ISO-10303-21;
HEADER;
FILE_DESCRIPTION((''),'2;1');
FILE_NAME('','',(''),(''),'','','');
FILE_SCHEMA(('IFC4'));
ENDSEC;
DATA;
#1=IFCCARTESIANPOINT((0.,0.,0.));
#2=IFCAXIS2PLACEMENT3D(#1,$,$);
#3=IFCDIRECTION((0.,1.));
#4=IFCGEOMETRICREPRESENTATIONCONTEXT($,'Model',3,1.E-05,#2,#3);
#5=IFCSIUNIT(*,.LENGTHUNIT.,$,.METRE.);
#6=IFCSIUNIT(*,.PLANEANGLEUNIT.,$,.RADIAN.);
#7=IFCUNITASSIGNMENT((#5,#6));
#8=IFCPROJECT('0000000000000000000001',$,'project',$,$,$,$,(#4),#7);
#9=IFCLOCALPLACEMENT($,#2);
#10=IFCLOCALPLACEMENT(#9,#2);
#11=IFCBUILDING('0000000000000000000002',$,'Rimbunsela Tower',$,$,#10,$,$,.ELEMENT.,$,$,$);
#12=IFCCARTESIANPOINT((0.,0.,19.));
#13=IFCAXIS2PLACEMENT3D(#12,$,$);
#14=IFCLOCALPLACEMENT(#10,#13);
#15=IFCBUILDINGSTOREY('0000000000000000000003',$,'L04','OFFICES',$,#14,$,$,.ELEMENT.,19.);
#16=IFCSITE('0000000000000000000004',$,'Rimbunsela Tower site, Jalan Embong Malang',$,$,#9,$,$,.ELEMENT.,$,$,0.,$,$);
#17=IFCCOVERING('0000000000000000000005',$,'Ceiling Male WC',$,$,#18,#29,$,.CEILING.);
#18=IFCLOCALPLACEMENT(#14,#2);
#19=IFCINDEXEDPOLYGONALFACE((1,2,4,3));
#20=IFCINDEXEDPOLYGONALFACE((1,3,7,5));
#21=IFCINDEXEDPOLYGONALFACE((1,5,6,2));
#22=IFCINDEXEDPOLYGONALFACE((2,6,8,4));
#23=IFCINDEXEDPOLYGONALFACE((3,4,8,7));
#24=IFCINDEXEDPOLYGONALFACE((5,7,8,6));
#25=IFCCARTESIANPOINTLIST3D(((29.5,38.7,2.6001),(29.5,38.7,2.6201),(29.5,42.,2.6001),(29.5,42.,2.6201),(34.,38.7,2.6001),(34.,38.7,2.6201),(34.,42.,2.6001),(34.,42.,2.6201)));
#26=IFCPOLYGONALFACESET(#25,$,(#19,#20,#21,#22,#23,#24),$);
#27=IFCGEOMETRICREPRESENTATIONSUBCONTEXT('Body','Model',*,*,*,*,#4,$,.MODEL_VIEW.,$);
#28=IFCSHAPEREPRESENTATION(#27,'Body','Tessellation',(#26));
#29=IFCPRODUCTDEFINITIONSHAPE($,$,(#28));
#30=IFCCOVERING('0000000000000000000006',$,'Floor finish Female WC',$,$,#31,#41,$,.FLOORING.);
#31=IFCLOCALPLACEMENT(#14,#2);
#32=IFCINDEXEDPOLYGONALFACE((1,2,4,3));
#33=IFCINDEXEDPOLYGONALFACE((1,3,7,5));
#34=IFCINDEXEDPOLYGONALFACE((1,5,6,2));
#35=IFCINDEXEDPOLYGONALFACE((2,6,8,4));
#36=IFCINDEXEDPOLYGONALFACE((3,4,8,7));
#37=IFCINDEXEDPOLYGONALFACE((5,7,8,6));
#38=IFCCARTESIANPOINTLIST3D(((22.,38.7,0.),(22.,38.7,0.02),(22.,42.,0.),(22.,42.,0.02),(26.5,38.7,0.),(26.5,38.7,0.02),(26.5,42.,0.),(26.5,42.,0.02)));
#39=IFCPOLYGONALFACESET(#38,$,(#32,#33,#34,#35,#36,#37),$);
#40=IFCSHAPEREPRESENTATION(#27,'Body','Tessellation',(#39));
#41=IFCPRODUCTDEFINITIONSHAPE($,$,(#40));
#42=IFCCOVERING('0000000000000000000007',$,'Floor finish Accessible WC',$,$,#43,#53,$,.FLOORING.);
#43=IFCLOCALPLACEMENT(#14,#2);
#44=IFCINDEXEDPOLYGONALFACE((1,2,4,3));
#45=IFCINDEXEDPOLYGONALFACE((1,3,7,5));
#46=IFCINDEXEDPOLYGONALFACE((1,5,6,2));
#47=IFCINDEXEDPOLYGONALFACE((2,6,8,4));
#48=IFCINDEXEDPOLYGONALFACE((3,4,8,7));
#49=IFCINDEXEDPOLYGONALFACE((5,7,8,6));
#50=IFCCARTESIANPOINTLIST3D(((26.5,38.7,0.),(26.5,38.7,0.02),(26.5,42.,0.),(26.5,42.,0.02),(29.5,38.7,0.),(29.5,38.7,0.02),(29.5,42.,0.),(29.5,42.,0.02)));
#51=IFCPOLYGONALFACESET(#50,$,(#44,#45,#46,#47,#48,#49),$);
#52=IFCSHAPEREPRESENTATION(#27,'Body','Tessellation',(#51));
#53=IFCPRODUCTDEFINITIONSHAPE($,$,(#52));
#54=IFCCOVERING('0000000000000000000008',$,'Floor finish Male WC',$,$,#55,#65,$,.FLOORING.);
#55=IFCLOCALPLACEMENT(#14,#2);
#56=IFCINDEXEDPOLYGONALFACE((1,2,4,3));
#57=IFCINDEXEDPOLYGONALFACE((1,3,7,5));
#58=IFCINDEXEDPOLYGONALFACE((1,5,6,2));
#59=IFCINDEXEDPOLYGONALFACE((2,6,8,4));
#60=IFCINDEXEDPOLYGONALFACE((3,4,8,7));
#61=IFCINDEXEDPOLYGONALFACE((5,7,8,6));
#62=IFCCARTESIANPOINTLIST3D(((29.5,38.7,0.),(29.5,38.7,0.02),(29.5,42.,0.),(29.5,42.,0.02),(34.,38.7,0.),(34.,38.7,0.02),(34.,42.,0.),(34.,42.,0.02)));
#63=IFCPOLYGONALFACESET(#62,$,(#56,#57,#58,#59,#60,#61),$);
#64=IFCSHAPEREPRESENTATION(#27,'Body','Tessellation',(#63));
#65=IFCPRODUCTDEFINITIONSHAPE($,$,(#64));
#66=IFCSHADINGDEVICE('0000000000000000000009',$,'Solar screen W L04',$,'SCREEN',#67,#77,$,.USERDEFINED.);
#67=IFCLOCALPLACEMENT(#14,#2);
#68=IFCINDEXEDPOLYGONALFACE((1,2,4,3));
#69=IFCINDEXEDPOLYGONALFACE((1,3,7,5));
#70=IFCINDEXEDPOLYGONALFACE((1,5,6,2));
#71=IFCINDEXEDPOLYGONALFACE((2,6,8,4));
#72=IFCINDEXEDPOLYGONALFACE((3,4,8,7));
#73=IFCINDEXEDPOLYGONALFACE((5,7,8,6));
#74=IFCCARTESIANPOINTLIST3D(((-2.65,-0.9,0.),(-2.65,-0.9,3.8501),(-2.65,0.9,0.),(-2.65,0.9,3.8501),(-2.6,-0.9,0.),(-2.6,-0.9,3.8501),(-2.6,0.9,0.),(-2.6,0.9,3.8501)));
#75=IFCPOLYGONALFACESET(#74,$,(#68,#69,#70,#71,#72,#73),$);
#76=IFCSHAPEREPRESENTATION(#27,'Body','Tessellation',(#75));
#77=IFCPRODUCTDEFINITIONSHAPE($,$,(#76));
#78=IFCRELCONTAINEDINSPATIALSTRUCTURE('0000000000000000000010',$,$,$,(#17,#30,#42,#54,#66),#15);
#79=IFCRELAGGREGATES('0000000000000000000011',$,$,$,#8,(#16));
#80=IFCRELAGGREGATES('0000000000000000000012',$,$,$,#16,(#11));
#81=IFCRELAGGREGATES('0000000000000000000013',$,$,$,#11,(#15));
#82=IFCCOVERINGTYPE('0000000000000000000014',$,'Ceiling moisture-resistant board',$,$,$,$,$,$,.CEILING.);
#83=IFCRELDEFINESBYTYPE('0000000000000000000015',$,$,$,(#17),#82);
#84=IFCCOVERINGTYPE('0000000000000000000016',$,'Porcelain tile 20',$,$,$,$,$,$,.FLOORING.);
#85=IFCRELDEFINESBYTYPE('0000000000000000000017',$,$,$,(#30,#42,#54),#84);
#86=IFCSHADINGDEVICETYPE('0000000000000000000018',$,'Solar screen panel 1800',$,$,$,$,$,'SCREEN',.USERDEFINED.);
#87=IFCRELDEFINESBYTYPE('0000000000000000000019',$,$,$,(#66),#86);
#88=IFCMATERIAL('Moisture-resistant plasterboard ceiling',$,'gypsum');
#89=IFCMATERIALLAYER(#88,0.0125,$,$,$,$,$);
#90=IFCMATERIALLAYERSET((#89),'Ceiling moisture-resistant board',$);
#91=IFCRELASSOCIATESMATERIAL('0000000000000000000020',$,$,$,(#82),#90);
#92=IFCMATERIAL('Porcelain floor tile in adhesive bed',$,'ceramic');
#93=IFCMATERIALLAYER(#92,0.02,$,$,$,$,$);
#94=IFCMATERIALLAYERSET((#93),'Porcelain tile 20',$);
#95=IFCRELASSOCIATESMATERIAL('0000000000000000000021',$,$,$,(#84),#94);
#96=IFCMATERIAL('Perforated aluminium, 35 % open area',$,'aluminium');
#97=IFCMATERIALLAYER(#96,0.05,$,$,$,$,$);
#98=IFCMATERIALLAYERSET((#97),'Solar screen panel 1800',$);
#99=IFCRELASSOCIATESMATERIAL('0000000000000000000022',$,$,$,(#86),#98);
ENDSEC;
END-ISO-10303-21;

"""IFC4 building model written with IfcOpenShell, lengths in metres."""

from ifc_helpers import new_model, si_unit, direction, frame, origin, origin_2d, place, context, subcontext, project, spatial, polyline, rectangle, outline, extrude, material, layer, layer_set, type_object, element, save


model = new_model("IFC4")

# Units and contexts
model_context = context("Model", 3, precision=1e-05, world=origin(), true_north=direction((0.0, 1.0)))
body_context = subcontext(model_context, "Body", "Model", "MODEL_VIEW")
ifc_project = project(units=[si_unit("LENGTHUNIT", "METRE"), si_unit("PLANEANGLEUNIT", "RADIAN")], contexts=[model_context])

# Site, building, storey
site_placement = place(None, origin())
site = spatial("IfcSite", under=ifc_project, at=site_placement, Name="Rimbunsela Tower site, Jalan Embong Malang", CompositionType="ELEMENT", RefElevation=0.0)
building_placement = place(site_placement, origin())
building = spatial("IfcBuilding", under=site, at=building_placement, Name="Rimbunsela Tower", CompositionType="ELEMENT")
storey_placement = place(building_placement, frame((0.0, 0.0, 19.0)))
storey = spatial("IfcBuildingStorey", under=building, at=storey_placement, Name="L04", Description="OFFICES", CompositionType="ELEMENT", Elevation=19.0)

# Coverings
ifc_material_1 = material(Name="Moisture-resistant plasterboard ceiling", Category="gypsum")
ifc_layer_1 = layer(ifc_material_1, 0.0125)
ifc_layer_set_1 = layer_set([ifc_layer_1], Name="Ceiling moisture-resistant board")
covering_type_1 = type_object("IfcCoveringType", Name="Ceiling moisture-resistant board", PredefinedType="CEILING", material=ifc_layer_set_1)
covering_1_placement = place(storey_placement, frame((0.0, 0.0, 2.6001)))
element("IfcCovering", 1, at=covering_1_placement, inside=storey, type_object=covering_type_1, Name="Ceiling Male WC", PredefinedType="CEILING", context=body_context, shape_type="SweptSolid", body=[
    extrude(outline(polyline([(34.0, 38.7), (34.0, 42.0), (29.5, 42.0), (29.5, 38.7), (34.0, 38.7)])), origin(), (0.0, 0.0, 1.0), 0.02),
])
ifc_material_2 = material(Name="Porcelain floor tile in adhesive bed", Category="ceramic")
ifc_layer_2 = layer(ifc_material_2, 0.02)
ifc_layer_set_2 = layer_set([ifc_layer_2], Name="Porcelain tile 20")
covering_type_2 = type_object("IfcCoveringType", Name="Porcelain tile 20", PredefinedType="FLOORING", material=ifc_layer_set_2)
covering_2_placement = place(storey_placement, origin())
element("IfcCovering", 2, at=covering_2_placement, inside=storey, type_object=covering_type_2, Name="Floor finish Female WC", PredefinedType="FLOORING", context=body_context, shape_type="SweptSolid", body=[
    extrude(outline(polyline([(26.5, 38.7), (26.5, 42.0), (22.0, 42.0), (22.0, 38.7), (26.5, 38.7)])), origin(), (0.0, 0.0, 1.0), 0.02),
])
covering_3_placement = place(storey_placement, origin())
element("IfcCovering", 3, at=covering_3_placement, inside=storey, type_object=covering_type_2, Name="Floor finish Accessible WC", PredefinedType="FLOORING", context=body_context, shape_type="SweptSolid", body=[
    extrude(outline(polyline([(29.5, 38.7), (29.5, 42.0), (26.5, 42.0), (26.5, 38.7), (29.5, 38.7)])), origin(), (0.0, 0.0, 1.0), 0.02),
])
covering_4_placement = place(storey_placement, origin())
element("IfcCovering", 4, at=covering_4_placement, inside=storey, type_object=covering_type_2, Name="Floor finish Male WC", PredefinedType="FLOORING", context=body_context, shape_type="SweptSolid", body=[
    extrude(outline(polyline([(34.0, 38.7), (34.0, 42.0), (29.5, 42.0), (29.5, 38.7), (34.0, 38.7)])), origin(), (0.0, 0.0, 1.0), 0.02),
])

# Shading device
ifc_material_3 = material(Name="Perforated aluminium, 35 % open area", Category="aluminium")
ifc_layer_3 = layer(ifc_material_3, 0.05)
ifc_layer_set_3 = layer_set([ifc_layer_3], Name="Solar screen panel 1800")
shading_device_type = type_object("IfcShadingDeviceType", Name="Solar screen panel 1800", ElementType="SCREEN", PredefinedType="USERDEFINED", material=ifc_layer_set_3)
shading_device_placement = place(storey_placement, frame((-2.625, 0.0, 0.0), z_axis=(0.0, 0.0, 1.0), x_axis=(0.0, 1.0, 0.0)))
element("IfcShadingDevice", 5, at=shading_device_placement, inside=storey, type_object=shading_device_type, Name="Solar screen W L04", ObjectType="SCREEN", PredefinedType="USERDEFINED", context=body_context, shape_type="SweptSolid", body=[
    extrude(rectangle(XDim=1.8, YDim=0.05, at=origin_2d()), origin(), (0.0, 0.0, 1.0), 3.8501),
])

save(model, "model.ifc")
